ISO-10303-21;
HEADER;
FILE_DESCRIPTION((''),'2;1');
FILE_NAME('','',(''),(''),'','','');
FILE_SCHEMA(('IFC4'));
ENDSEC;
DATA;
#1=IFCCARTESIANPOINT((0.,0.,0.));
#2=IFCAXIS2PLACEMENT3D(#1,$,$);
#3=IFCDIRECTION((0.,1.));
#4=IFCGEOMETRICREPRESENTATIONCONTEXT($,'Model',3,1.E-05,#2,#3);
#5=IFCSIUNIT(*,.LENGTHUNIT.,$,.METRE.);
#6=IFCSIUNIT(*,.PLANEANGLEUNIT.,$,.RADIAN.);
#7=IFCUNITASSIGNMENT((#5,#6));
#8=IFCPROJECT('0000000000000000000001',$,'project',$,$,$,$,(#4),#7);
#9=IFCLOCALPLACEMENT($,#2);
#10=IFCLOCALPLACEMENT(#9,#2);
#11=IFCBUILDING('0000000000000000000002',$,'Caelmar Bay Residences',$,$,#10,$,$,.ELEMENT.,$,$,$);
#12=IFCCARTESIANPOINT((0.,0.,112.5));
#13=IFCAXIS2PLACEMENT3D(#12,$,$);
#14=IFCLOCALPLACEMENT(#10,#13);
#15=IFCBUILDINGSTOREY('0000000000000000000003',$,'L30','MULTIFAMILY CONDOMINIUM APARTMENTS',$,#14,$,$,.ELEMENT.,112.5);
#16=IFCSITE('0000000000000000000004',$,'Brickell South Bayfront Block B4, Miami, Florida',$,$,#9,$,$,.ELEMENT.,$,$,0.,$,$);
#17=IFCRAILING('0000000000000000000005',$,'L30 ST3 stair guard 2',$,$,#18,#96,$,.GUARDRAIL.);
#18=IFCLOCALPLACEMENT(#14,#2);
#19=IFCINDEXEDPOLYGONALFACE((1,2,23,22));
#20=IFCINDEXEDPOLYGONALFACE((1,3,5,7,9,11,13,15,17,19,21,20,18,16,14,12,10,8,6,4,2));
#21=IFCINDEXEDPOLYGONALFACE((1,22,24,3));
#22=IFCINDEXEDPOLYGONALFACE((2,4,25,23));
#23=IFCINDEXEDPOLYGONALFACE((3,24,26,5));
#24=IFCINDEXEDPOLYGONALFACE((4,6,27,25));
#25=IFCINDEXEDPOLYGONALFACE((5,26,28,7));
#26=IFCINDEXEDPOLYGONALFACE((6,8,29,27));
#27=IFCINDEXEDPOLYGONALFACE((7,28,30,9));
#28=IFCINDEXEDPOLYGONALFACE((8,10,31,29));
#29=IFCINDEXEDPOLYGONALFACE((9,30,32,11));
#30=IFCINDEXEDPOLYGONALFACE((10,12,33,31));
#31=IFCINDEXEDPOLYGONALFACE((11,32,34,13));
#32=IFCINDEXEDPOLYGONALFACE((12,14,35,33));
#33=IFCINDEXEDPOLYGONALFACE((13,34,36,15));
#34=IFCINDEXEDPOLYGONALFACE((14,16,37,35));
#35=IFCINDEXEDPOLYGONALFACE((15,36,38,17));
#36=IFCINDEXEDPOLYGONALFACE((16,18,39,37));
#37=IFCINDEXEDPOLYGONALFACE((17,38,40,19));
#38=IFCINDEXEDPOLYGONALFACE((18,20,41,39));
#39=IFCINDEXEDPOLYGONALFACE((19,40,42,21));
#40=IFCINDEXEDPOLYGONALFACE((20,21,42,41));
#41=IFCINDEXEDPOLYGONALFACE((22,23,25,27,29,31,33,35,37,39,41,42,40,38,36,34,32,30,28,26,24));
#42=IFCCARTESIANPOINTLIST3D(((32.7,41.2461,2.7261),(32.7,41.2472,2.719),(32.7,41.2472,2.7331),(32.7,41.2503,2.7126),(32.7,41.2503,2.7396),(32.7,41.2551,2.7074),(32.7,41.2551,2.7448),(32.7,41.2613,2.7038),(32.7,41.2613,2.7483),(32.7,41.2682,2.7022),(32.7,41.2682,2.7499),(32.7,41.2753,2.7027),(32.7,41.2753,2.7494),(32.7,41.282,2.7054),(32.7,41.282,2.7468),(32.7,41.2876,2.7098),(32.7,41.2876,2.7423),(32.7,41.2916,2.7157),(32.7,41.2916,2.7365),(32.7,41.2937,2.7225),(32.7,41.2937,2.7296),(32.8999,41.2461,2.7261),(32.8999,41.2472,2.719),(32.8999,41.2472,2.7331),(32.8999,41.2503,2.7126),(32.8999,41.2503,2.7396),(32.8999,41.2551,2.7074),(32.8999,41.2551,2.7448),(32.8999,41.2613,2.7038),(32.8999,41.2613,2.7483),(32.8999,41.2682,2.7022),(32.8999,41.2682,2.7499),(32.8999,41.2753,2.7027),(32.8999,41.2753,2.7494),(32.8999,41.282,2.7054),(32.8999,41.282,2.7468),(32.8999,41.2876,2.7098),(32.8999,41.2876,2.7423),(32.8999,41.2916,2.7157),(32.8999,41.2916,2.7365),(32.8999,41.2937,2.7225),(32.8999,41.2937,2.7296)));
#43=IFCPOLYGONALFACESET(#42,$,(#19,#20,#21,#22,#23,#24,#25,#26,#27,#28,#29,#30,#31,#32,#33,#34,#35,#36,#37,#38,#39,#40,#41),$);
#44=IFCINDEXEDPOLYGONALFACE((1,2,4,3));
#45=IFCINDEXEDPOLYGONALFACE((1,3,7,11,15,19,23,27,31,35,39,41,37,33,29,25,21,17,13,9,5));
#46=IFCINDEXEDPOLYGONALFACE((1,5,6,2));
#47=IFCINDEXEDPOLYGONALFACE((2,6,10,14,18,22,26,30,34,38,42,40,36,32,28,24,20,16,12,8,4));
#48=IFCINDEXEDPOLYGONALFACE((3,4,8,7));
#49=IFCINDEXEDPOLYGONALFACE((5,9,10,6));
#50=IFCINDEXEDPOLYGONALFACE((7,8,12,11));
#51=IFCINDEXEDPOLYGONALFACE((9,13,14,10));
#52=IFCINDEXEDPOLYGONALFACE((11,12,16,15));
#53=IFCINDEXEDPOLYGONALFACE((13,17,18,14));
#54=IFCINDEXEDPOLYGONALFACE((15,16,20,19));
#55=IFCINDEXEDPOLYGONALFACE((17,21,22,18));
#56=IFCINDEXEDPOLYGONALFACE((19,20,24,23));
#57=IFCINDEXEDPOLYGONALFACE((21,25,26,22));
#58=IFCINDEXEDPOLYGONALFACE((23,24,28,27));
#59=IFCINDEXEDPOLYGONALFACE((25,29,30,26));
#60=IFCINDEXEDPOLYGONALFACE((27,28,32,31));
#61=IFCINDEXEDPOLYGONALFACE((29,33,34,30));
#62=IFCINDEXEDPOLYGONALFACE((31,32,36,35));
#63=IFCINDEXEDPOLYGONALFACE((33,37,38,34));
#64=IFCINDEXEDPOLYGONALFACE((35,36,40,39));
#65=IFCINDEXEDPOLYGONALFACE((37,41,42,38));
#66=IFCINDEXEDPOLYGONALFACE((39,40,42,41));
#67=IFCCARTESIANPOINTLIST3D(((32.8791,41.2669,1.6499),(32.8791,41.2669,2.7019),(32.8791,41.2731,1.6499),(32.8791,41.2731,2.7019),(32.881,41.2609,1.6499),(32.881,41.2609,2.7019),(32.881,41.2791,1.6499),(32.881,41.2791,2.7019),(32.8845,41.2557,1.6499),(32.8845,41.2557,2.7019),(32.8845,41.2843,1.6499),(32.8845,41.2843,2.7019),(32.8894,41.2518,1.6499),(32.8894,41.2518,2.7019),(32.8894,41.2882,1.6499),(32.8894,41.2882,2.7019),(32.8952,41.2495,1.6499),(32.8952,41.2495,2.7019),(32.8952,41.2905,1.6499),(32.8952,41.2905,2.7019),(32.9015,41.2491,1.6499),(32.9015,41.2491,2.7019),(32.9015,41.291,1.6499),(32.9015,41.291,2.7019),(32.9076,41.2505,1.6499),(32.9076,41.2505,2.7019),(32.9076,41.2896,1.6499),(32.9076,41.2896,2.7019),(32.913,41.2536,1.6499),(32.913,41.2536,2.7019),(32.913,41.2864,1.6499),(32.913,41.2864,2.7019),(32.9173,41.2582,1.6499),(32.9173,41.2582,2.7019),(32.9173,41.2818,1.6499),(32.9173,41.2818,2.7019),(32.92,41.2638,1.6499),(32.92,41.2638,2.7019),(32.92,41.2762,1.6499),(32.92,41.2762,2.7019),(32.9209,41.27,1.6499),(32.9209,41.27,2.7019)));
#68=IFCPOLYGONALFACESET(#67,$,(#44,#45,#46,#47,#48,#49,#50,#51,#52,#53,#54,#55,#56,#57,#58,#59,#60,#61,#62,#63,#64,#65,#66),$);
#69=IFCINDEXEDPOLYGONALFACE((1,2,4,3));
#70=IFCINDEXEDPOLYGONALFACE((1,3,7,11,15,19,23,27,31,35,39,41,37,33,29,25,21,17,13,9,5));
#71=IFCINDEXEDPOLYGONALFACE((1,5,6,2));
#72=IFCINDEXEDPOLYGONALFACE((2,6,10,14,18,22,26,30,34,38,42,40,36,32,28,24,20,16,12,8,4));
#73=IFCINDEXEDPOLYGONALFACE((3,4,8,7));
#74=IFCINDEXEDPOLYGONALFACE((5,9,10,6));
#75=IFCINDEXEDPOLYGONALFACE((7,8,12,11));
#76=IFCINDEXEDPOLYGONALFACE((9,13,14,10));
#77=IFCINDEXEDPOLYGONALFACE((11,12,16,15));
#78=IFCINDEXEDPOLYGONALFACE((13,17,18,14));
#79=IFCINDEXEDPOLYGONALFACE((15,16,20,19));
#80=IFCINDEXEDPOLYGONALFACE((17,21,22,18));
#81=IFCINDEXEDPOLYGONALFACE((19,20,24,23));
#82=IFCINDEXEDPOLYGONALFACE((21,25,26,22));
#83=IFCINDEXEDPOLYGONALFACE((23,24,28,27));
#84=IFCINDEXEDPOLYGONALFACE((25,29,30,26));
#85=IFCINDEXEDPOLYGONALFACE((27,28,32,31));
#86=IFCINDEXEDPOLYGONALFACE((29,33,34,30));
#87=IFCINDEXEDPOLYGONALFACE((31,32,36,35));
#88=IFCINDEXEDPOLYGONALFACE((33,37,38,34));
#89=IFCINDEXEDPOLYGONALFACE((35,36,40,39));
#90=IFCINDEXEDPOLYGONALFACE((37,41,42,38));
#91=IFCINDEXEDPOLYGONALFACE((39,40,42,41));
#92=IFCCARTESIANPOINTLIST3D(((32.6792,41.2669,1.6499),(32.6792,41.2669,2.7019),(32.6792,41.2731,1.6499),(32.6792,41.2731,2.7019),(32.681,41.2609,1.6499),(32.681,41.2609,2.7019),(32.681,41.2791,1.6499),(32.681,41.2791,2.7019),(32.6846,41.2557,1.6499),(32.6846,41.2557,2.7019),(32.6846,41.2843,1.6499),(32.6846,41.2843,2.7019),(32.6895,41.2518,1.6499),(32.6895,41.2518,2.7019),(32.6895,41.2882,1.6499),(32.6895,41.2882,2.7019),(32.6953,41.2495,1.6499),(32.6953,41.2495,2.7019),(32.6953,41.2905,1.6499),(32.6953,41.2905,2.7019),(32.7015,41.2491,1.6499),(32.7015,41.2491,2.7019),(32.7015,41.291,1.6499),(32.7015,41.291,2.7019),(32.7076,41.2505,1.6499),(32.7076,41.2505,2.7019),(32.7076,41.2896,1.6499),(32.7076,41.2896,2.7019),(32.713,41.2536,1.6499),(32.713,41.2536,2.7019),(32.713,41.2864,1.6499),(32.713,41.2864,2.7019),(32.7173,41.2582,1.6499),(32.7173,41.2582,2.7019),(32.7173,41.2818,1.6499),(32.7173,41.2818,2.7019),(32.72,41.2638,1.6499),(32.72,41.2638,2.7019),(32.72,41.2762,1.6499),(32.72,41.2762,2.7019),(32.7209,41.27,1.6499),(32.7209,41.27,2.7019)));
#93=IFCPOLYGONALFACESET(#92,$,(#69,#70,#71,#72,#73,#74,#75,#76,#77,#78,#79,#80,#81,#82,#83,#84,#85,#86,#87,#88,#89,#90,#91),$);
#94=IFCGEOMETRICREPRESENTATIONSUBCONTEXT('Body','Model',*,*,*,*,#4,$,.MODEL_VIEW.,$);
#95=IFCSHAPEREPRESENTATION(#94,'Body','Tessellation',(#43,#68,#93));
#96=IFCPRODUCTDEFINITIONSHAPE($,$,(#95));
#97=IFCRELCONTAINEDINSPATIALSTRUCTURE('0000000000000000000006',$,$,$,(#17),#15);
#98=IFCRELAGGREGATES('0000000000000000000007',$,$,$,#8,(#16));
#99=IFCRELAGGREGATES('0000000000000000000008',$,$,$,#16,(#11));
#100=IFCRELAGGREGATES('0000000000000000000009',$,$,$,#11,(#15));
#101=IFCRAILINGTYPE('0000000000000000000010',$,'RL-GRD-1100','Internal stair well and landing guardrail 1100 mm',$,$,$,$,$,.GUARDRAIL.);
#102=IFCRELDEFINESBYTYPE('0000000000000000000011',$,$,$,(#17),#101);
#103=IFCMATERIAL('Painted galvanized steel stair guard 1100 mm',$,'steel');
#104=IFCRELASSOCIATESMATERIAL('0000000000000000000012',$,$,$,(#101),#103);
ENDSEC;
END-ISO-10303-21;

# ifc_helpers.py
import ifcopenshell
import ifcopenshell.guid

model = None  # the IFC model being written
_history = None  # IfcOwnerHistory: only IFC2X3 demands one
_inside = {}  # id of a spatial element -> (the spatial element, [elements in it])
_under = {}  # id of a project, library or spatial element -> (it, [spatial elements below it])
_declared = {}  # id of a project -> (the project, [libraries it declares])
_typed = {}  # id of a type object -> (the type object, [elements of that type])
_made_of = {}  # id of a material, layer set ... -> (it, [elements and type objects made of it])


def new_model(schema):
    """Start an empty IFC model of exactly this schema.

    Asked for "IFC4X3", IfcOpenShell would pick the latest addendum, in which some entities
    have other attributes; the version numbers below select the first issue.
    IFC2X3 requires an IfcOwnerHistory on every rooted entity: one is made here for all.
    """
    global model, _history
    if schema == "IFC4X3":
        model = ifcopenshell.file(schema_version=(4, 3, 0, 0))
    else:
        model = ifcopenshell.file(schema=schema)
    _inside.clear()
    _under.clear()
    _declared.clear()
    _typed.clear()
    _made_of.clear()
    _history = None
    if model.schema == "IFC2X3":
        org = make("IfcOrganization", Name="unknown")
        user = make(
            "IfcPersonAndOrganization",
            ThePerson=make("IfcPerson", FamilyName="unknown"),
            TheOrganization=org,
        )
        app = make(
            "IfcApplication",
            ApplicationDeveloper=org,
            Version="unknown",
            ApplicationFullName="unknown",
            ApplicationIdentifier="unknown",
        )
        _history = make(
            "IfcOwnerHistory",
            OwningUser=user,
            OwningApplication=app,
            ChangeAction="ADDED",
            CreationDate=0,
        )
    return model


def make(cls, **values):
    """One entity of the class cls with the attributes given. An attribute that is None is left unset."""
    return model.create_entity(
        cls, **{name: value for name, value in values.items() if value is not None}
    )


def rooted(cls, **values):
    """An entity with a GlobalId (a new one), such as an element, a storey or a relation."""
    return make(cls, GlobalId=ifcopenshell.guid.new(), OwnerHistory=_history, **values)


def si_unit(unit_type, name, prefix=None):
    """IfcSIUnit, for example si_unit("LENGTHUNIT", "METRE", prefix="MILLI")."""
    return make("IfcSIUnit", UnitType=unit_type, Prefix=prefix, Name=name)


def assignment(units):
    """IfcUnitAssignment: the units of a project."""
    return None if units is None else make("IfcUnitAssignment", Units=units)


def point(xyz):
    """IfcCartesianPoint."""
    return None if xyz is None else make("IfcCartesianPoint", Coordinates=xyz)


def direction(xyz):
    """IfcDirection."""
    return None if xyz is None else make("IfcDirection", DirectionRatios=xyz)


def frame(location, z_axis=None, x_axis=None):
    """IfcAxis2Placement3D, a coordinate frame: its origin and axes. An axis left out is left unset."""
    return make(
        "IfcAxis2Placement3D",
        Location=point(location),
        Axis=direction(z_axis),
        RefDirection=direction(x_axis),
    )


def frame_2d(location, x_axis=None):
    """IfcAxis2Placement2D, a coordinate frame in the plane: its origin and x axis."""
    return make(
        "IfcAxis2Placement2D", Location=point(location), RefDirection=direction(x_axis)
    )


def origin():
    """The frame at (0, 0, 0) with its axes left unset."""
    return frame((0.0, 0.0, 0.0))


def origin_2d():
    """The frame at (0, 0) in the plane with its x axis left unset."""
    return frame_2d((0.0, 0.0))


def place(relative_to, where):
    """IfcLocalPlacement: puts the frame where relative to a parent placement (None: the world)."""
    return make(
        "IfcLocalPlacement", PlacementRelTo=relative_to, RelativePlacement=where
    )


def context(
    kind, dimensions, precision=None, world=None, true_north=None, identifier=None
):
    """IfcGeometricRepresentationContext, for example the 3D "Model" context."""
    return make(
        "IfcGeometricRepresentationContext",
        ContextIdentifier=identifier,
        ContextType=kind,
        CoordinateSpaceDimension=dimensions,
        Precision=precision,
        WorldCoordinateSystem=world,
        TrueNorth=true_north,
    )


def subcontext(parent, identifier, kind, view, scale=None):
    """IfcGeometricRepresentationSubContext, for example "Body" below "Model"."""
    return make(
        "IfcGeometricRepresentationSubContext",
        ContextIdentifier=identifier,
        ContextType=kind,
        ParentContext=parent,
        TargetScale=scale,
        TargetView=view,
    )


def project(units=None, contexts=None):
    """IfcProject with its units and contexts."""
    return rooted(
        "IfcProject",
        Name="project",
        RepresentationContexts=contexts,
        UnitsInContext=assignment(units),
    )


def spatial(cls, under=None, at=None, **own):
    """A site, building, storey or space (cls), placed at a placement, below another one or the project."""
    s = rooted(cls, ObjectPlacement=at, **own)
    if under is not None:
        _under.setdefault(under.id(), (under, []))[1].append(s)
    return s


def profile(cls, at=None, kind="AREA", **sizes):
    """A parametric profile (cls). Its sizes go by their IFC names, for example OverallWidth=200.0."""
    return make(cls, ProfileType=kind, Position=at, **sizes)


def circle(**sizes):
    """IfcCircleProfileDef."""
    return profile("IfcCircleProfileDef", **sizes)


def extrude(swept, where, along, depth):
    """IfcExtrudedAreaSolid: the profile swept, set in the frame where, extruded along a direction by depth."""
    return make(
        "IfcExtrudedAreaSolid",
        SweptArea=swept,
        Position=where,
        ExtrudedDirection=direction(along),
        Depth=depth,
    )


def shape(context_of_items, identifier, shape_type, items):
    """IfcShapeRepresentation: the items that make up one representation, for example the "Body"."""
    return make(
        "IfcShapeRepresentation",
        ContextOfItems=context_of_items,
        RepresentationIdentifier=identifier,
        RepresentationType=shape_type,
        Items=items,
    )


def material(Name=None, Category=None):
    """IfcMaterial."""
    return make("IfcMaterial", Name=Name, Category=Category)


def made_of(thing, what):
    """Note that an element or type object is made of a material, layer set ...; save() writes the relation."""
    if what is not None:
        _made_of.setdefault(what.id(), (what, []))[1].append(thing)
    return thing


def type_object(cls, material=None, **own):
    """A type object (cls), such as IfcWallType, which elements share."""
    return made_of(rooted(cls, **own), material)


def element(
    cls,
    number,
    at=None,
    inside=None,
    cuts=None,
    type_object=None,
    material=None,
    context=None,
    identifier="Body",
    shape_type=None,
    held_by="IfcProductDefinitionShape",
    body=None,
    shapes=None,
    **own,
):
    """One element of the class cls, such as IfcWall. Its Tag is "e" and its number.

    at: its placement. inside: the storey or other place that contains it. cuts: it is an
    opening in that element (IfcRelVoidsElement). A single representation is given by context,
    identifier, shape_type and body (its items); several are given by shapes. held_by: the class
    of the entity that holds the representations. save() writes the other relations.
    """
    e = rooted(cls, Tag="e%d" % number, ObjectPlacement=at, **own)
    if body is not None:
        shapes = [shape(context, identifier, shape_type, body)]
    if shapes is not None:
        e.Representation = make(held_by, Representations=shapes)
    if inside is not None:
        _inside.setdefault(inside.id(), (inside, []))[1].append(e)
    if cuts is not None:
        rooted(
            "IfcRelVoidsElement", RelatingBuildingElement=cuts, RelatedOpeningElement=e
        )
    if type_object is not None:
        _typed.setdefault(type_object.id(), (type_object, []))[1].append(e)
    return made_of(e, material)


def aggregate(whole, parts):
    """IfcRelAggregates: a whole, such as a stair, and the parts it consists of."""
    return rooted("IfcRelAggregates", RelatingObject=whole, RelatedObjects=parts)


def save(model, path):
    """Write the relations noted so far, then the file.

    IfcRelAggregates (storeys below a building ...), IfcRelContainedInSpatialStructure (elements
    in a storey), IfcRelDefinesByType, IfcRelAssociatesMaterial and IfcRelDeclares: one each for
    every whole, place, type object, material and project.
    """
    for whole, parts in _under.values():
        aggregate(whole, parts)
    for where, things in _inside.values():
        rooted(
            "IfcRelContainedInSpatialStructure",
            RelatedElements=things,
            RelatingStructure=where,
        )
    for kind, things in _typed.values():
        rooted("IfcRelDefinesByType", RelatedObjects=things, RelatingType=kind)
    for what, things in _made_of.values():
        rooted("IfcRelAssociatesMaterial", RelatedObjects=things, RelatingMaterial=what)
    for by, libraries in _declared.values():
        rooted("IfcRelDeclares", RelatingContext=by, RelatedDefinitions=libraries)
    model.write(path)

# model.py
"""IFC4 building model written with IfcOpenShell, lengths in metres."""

from ifc_helpers import new_model, si_unit, direction, frame, origin, origin_2d, place, context, subcontext, project, spatial, circle, extrude, material, type_object, element, save


model = new_model("IFC4")

# Units and contexts
model_context = context("Model", 3, precision=1e-05, world=origin(), true_north=direction((0.0, 1.0)))
body_context = subcontext(model_context, "Body", "Model", "MODEL_VIEW")
ifc_project = project(units=[si_unit("LENGTHUNIT", "METRE"), si_unit("PLANEANGLEUNIT", "RADIAN")], contexts=[model_context])

# Site, building, storey
site_placement = place(None, origin())
site = spatial("IfcSite", under=ifc_project, at=site_placement, Name="Brickell South Bayfront Block B4, Miami, Florida", CompositionType="ELEMENT", RefElevation=0.0)
building_placement = place(site_placement, origin())
building = spatial("IfcBuilding", under=site, at=building_placement, Name="Caelmar Bay Residences", CompositionType="ELEMENT")
storey_placement = place(building_placement, frame((0.0, 0.0, 112.5)))
storey = spatial("IfcBuildingStorey", under=building, at=storey_placement, Name="L30", Description="MULTIFAMILY CONDOMINIUM APARTMENTS", CompositionType="ELEMENT", Elevation=112.5)

# Railing
ifc_material_1 = material(Name="Painted galvanized steel stair guard 1100 mm", Category="steel")
railing_type_1 = type_object("IfcRailingType", Name="RL-GRD-1100", Description="Internal stair well and landing guardrail 1100 mm", PredefinedType="GUARDRAIL", material=ifc_material_1)
railing_1_placement = place(storey_placement, frame((32.8999, 41.27, 1.6499)))
element("IfcRailing", 1, at=railing_1_placement, inside=storey, type_object=railing_type_1, Name="L30 ST3 stair guard 2", PredefinedType="GUARDRAIL", context=body_context, shape_type="SweptSolid", body=[
    extrude(circle(Radius=0.0239, at=origin_2d()), frame((0.0, 0.0, 1.0762), z_axis=(-1.0, 0.0, 0.0), x_axis=(0.0, -1.0, 0.0)), (0.0, 0.0, 1.0), 0.2),
    extrude(circle(Radius=0.021, at=origin_2d()), origin(), (0.0, 0.0, 1.0), 1.052),
    extrude(circle(Radius=0.021, at=origin_2d()), frame((-0.2, 0.0, 0.0)), (0.0, 0.0, 1.0), 1.052),
])

save(model, "model.ifc")
